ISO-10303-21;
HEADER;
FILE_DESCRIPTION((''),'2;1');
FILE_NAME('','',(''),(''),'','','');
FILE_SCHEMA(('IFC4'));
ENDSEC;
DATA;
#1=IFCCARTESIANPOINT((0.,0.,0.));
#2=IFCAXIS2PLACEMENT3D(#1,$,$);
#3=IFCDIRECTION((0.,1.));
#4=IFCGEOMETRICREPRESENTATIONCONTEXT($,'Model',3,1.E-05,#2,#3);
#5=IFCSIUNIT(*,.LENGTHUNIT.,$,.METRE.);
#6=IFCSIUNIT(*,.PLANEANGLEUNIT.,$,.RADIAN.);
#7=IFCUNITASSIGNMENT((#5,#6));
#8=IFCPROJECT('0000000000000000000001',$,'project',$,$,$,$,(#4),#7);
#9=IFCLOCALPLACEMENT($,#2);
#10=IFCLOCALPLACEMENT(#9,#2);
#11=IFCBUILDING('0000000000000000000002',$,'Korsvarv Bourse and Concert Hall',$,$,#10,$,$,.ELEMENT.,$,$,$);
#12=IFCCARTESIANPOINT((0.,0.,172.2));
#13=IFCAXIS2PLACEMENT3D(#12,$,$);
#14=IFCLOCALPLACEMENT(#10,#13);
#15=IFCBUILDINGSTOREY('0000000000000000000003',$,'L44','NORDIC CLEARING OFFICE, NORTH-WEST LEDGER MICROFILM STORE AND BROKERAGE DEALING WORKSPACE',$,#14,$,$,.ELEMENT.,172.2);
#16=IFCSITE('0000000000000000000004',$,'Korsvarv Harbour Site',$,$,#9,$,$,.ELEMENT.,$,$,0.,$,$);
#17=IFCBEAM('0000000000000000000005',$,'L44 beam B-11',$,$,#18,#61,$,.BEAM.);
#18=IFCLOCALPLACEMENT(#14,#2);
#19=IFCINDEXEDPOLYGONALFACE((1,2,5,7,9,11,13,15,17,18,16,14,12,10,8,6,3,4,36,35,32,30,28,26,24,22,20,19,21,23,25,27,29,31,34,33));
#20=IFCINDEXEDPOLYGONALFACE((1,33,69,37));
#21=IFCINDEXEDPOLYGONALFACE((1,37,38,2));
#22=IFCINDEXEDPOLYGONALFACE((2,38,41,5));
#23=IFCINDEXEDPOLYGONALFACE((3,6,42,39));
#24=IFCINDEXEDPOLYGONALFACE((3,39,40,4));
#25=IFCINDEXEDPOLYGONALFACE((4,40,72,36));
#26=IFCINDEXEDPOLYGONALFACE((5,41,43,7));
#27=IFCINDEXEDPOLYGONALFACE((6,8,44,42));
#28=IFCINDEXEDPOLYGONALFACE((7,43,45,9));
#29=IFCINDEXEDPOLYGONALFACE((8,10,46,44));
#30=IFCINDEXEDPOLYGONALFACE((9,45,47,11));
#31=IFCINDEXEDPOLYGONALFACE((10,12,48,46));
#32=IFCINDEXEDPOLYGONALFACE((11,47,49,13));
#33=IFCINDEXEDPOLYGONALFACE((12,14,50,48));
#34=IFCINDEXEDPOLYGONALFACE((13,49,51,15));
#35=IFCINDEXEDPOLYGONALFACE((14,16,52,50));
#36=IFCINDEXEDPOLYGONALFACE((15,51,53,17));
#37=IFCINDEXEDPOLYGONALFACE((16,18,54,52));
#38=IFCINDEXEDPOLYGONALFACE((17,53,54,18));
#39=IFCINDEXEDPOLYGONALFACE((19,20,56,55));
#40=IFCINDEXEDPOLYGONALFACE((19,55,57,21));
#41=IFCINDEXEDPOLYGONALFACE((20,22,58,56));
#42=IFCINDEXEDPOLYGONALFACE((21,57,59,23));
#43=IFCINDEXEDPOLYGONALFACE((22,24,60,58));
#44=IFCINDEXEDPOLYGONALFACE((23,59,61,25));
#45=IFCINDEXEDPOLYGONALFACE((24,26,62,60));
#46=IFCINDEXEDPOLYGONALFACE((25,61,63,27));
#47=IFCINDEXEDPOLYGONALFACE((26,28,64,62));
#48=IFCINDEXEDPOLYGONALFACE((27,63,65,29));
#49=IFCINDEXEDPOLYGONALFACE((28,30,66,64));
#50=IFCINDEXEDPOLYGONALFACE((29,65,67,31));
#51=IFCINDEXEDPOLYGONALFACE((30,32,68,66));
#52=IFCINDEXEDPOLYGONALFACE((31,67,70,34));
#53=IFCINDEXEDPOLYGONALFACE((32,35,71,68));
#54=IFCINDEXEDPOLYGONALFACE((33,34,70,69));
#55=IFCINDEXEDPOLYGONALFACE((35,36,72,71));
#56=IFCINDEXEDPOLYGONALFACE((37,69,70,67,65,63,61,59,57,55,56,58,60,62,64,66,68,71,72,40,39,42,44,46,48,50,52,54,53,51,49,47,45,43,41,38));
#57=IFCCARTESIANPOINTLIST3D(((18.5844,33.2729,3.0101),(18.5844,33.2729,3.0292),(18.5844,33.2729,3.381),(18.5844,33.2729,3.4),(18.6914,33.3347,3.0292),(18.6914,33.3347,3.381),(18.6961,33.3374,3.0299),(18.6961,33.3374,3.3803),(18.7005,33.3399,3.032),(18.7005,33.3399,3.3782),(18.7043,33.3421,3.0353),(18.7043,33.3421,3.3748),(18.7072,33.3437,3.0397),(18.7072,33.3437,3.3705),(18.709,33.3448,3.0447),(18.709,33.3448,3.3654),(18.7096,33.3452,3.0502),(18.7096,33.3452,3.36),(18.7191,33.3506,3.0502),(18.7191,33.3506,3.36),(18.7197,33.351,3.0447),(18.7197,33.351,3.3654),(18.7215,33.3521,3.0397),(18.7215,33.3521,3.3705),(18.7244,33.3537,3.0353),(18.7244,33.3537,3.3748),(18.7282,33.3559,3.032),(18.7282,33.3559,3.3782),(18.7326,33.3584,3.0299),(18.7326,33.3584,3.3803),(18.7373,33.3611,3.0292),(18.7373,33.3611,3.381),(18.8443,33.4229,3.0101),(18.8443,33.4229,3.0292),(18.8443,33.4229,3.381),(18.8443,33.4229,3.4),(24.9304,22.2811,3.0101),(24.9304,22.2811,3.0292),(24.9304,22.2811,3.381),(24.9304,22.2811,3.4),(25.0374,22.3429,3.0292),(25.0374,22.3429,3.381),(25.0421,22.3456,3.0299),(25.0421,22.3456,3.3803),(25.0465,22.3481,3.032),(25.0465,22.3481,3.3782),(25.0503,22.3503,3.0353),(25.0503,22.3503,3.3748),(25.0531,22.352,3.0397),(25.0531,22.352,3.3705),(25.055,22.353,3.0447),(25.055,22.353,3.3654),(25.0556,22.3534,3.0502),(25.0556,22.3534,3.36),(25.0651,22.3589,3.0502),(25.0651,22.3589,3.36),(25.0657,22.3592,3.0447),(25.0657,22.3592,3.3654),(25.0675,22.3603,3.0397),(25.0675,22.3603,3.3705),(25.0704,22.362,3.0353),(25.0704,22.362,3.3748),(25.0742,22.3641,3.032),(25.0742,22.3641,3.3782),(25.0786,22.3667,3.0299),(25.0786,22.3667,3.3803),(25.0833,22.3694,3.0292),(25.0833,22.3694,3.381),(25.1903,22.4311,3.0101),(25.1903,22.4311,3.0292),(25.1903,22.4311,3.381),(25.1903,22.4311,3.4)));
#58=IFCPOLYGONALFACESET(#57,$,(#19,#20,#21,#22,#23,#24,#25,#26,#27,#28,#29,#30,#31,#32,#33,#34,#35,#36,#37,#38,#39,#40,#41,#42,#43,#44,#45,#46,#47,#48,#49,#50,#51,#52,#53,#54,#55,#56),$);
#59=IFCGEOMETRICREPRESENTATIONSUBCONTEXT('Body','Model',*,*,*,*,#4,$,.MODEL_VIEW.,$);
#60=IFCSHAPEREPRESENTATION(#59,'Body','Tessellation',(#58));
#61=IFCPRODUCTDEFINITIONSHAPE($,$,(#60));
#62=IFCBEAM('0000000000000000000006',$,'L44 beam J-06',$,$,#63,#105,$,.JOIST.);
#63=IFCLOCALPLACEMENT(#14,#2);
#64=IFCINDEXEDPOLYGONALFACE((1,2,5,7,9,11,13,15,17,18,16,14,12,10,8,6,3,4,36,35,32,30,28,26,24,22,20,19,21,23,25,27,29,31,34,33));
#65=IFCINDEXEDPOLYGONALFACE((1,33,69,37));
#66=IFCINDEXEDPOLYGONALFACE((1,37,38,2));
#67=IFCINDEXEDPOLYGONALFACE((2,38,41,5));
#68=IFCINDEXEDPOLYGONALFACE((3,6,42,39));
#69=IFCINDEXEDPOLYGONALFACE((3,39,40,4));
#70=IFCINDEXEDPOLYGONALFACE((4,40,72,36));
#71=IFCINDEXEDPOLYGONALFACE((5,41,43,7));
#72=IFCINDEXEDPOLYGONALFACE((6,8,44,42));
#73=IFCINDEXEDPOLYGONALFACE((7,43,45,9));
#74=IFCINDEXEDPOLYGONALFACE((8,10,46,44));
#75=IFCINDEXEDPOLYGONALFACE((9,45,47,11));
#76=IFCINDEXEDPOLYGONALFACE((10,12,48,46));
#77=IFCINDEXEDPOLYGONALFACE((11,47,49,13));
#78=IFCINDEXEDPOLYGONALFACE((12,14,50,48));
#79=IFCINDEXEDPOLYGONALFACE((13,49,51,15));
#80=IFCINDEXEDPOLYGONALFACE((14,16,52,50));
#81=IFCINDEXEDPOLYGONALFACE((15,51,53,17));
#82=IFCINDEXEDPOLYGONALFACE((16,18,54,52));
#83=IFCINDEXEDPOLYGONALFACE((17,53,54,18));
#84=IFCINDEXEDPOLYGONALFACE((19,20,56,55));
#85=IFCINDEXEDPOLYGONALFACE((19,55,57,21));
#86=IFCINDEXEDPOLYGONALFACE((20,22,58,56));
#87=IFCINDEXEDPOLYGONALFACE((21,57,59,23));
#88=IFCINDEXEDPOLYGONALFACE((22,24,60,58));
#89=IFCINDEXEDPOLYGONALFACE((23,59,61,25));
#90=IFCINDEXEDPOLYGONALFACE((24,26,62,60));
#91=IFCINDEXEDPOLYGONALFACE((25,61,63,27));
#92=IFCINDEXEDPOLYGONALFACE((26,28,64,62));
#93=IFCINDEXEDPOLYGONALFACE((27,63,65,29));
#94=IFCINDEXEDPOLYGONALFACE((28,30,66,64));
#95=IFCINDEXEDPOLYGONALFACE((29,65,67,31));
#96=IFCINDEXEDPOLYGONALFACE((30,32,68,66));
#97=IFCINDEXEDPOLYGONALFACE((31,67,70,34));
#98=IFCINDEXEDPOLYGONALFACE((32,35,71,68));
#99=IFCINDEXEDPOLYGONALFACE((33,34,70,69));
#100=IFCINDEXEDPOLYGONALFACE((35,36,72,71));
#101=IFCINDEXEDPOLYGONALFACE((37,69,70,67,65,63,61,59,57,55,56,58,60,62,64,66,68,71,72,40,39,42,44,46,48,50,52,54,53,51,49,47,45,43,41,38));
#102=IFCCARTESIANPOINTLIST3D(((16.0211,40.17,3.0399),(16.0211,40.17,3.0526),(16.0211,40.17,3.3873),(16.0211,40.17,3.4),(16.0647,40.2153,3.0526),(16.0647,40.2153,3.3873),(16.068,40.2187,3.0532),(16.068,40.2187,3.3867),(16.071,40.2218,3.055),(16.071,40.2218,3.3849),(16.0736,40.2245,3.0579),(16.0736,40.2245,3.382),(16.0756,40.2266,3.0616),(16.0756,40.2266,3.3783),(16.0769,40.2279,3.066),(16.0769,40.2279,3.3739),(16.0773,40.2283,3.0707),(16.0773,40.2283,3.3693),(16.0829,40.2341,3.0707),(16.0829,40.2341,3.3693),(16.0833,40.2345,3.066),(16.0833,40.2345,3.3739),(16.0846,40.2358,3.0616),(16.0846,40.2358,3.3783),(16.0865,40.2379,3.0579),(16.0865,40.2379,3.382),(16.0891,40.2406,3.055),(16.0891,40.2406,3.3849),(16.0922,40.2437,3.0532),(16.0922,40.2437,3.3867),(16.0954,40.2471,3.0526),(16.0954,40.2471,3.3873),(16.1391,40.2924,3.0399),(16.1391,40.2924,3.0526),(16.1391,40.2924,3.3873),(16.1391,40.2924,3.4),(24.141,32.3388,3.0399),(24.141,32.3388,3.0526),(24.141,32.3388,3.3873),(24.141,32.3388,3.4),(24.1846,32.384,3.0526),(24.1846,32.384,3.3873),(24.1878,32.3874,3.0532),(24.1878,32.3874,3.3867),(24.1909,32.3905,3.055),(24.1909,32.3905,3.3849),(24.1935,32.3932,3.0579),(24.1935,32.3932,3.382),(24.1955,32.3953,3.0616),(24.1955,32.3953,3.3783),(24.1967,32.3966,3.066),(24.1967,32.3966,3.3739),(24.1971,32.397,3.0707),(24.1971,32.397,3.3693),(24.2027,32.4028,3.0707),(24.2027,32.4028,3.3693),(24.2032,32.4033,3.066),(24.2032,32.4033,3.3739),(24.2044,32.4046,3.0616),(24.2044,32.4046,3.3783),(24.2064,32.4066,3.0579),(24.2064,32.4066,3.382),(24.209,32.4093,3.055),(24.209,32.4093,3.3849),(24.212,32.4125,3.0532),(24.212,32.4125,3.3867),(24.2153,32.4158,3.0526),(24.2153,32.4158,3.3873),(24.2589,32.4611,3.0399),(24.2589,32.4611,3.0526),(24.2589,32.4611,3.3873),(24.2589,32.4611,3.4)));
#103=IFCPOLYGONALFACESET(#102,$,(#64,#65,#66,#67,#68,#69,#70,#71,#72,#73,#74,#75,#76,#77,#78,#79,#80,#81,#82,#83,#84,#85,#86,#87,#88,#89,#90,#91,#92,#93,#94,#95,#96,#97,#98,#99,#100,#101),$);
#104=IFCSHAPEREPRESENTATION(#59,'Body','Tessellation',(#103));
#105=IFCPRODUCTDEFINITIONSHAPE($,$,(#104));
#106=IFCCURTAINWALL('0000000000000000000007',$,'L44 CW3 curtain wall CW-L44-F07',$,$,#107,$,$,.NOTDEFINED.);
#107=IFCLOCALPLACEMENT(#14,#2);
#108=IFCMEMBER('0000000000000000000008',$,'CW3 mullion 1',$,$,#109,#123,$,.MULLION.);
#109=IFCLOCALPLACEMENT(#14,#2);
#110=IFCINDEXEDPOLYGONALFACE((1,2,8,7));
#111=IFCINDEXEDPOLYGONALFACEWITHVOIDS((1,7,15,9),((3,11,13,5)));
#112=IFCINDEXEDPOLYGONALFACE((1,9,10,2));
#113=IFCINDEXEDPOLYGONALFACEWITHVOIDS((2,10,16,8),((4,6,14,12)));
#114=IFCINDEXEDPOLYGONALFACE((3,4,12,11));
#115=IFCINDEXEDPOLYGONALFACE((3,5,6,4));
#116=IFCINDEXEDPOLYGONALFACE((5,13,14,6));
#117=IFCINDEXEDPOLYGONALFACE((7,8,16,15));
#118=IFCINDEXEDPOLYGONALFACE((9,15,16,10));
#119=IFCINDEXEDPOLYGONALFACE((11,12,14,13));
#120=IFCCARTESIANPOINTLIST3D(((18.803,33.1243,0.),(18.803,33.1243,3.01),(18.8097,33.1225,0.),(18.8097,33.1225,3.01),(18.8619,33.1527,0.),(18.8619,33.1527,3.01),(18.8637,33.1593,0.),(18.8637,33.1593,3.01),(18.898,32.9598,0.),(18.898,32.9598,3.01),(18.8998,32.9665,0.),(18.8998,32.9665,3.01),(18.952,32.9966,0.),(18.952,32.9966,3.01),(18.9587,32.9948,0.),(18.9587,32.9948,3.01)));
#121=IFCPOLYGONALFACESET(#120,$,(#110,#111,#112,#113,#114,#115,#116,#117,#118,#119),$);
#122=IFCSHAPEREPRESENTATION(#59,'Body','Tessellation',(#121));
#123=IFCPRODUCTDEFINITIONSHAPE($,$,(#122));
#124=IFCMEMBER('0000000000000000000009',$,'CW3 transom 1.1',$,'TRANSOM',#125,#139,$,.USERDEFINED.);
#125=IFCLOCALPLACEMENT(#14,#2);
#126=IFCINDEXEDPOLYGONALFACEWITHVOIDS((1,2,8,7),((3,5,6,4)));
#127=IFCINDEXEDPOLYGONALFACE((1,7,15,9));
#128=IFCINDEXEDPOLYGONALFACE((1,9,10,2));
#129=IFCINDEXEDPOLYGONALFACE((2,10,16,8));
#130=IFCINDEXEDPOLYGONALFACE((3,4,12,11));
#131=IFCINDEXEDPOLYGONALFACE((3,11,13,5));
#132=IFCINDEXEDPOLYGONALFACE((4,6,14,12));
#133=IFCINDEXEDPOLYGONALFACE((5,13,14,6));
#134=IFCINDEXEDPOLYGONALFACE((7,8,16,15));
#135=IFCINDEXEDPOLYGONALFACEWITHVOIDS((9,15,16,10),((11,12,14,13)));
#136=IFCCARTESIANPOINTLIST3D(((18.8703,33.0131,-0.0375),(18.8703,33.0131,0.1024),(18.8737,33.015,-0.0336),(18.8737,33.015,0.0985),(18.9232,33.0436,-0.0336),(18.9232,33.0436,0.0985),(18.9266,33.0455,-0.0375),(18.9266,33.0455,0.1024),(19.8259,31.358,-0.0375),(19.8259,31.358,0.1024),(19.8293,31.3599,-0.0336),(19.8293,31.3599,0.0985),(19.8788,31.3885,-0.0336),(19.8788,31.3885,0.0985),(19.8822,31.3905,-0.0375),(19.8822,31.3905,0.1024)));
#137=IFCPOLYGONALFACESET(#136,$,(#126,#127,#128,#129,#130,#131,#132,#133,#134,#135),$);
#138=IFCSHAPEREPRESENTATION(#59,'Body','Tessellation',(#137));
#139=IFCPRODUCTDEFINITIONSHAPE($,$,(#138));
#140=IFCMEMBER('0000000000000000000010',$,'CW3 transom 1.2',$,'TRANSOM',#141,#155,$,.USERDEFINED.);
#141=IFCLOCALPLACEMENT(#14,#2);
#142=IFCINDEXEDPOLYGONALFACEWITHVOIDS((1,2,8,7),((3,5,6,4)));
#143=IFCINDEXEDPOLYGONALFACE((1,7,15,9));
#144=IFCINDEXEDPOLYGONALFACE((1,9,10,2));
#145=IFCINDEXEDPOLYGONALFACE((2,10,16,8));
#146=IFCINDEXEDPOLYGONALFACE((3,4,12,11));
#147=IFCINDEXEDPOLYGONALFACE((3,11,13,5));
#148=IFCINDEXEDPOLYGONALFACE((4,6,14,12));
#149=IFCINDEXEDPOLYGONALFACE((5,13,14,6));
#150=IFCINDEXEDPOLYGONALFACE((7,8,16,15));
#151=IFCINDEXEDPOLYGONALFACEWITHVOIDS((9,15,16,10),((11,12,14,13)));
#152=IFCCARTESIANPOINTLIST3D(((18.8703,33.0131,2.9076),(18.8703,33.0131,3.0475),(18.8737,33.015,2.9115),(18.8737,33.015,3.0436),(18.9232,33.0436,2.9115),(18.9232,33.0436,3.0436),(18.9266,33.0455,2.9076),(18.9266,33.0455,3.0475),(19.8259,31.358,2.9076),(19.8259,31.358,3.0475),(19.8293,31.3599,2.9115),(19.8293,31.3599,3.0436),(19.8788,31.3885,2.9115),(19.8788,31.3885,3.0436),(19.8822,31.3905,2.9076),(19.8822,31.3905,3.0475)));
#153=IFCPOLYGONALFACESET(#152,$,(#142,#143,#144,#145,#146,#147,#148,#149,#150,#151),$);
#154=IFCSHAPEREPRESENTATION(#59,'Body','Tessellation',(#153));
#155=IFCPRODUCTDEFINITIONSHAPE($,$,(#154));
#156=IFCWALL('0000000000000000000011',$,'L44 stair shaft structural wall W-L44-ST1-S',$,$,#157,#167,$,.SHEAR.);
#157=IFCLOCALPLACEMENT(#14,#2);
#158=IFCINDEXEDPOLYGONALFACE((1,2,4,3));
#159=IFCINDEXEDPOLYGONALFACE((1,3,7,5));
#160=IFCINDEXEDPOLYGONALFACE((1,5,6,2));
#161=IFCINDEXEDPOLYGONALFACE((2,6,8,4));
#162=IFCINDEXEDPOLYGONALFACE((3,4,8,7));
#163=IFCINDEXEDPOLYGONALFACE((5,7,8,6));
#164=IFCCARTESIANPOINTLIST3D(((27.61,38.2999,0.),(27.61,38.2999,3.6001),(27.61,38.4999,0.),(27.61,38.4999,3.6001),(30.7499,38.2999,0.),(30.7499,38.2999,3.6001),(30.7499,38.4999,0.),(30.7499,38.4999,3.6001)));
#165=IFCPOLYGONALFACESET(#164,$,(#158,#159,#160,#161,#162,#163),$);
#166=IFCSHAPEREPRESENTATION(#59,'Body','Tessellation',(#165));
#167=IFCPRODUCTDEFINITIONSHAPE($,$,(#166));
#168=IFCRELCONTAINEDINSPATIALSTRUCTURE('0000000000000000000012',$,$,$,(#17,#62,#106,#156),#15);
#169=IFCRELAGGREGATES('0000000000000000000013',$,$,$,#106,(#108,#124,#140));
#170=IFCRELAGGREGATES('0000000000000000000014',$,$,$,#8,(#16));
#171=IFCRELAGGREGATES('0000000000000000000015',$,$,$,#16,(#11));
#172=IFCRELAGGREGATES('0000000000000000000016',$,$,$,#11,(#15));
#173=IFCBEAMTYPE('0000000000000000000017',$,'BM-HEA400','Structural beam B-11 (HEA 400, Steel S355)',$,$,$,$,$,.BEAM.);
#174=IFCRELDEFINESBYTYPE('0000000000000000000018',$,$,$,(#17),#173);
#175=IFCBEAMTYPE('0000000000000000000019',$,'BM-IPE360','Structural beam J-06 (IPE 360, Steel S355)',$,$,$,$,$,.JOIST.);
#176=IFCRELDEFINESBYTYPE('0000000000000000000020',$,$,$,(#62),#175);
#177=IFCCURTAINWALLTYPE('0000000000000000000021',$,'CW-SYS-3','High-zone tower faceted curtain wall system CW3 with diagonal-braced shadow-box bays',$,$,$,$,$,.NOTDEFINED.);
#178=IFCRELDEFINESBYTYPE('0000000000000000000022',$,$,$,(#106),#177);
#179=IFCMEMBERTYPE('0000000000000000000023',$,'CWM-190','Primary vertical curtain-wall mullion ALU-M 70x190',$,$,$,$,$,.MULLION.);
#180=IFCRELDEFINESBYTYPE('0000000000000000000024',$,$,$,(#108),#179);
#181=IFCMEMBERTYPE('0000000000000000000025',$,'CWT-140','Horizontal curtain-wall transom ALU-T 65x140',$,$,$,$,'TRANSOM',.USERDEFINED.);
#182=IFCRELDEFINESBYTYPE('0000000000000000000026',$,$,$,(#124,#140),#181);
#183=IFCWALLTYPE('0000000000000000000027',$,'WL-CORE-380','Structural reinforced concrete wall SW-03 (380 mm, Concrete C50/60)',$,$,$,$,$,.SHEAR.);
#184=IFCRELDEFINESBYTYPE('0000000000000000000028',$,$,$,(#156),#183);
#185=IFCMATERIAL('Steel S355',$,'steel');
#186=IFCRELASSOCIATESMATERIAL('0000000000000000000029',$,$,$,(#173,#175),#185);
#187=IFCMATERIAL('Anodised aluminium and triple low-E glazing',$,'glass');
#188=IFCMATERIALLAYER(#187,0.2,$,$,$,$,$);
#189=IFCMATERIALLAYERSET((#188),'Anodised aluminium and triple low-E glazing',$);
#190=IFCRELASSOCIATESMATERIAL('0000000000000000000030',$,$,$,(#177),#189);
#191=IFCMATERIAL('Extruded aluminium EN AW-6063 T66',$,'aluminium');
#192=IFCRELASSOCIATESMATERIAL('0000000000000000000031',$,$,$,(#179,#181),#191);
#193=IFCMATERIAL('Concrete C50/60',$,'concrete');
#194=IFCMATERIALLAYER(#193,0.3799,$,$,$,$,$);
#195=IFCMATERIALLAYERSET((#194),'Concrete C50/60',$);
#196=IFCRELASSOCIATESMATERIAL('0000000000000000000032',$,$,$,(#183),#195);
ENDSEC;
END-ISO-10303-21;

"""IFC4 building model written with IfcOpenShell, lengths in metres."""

from ifc_helpers import new_model, si_unit, direction, frame, frame_2d, origin, origin_2d, place, context, subcontext, project, spatial, rectangle, hollow_rectangle, i_section, extrude, source, transform, mapped, material, layer, layer_set, material_profile, profile_set, type_object, element, aggregate, save


model = new_model("IFC4")

# Units and contexts
model_context = context("Model", 3, precision=1e-05, world=origin(), true_north=direction((0.0, 1.0)))
body_context = subcontext(model_context, "Body", "Model", "MODEL_VIEW")
ifc_project = project(units=[si_unit("LENGTHUNIT", "METRE"), si_unit("PLANEANGLEUNIT", "RADIAN")], contexts=[model_context])

# Site, building, storey
site_placement = place(None, origin())
site = spatial("IfcSite", under=ifc_project, at=site_placement, Name="Korsvarv Harbour Site", CompositionType="ELEMENT", RefElevation=0.0)
building_placement = place(site_placement, origin())
building = spatial("IfcBuilding", under=site, at=building_placement, Name="Korsvarv Bourse and Concert Hall", CompositionType="ELEMENT")
storey_placement = place(building_placement, frame((0.0, 0.0, 172.2)))
storey = spatial("IfcBuildingStorey", under=building, at=storey_placement, Name="L44", Description="NORDIC CLEARING OFFICE, NORTH-WEST LEDGER MICROFILM STORE AND BROKERAGE DEALING WORKSPACE", CompositionType="ELEMENT", Elevation=172.2)

# Shared definitions
ifc_material_1 = material(Name="Steel S355", Category="steel")

# Beams
ifc_material_profile_1 = material_profile(ifc_material_1, i_section(OverallWidth=0.3, OverallDepth=0.3899, WebThickness=0.011, FlangeThickness=0.019, FilletRadius=0.021, at=origin_2d()), Name="HEA 400")
ifc_profile_set_1 = profile_set([ifc_material_profile_1], Name="Steel S355")
beam_type_1 = type_object("IfcBeamType", Name="BM-HEA400", Description="Structural beam B-11 (HEA 400, Steel S355)", PredefinedType="BEAM", material=ifc_profile_set_1)
shared_shape_1 = source(origin(), body_context, "Body", "SweptSolid", [
    extrude(i_section(OverallWidth=0.3, OverallDepth=0.3899, WebThickness=0.011, FlangeThickness=0.019, FilletRadius=0.021, at=origin_2d()), origin(), (0.0, 0.0, 1.0), 12.6921),
])
beam_1_placement = place(storey_placement, frame((18.7144, 33.3479, 3.2051), z_axis=(0.499993, -0.866029, 0.0), x_axis=(0.866029, 0.499993, 0.0)))
element("IfcBeam", 1, at=beam_1_placement, inside=storey, type_object=beam_type_1, Name="L44 beam B-11", PredefinedType="BEAM", context=body_context, shape_type="MappedRepresentation", body=[
    mapped(shared_shape_1, transform((0.0, 0.0, 0.0), scale=1.0)),
])
ifc_material_profile_2 = material_profile(ifc_material_1, i_section(OverallWidth=0.1699, OverallDepth=0.3601, WebThickness=0.0081, FlangeThickness=0.0127, FilletRadius=0.0181, at=origin_2d()), Name="IPE 360")
ifc_profile_set_2 = profile_set([ifc_material_profile_2], Name="Steel S355")
beam_type_2 = type_object("IfcBeamType", Name="BM-IPE360", Description="Structural beam J-06 (IPE 360, Steel S355)", PredefinedType="JOIST", material=ifc_profile_set_2)
shared_shape_2 = source(origin(), body_context, "Body", "SweptSolid", [
    extrude(i_section(OverallWidth=0.1699, OverallDepth=0.3601, WebThickness=0.0081, FlangeThickness=0.0127, FilletRadius=0.0181, at=origin_2d()), origin(), (0.0, 0.0, 1.0), 11.281),
])
beam_2_placement = place(storey_placement, frame((16.0801, 40.2312, 3.22), z_axis=(0.719781, -0.694201, 0.0), x_axis=(0.694201, 0.719781, 0.0)))
element("IfcBeam", 2, at=beam_2_placement, inside=storey, type_object=beam_type_2, Name="L44 beam J-06", PredefinedType="JOIST", context=body_context, shape_type="MappedRepresentation", body=[
    mapped(shared_shape_2, transform((0.0, 0.0, 0.0), scale=1.0)),
])

# Curtain wall, members
ifc_material_2 = material(Name="Anodised aluminium and triple low-E glazing", Category="glass")
ifc_layer_1 = layer(ifc_material_2, 0.2)
ifc_layer_set_1 = layer_set([ifc_layer_1], Name="Anodised aluminium and triple low-E glazing")
curtain_wall_type = type_object("IfcCurtainWallType", Name="CW-SYS-3", Description="High-zone tower faceted curtain wall system CW3 with diagonal-braced shadow-box bays", PredefinedType="NOTDEFINED", material=ifc_layer_set_1)
curtain_wall_placement = place(storey_placement, origin())
curtain_wall = element("IfcCurtainWall", 3, at=curtain_wall_placement, inside=storey, type_object=curtain_wall_type, Name="L44 CW3 curtain wall CW-L44-F07", PredefinedType="NOTDEFINED")
ifc_material_3 = material(Name="Extruded aluminium EN AW-6063 T66", Category="aluminium")
ifc_material_profile_3 = material_profile(ifc_material_3, hollow_rectangle(XDim=0.0701, YDim=0.1899, WallThickness=0.0049, at=origin_2d()), Name="ALU-M 70x190")
ifc_profile_set_3 = profile_set([ifc_material_profile_3], Name="Extruded aluminium EN AW-6063 T66")
member_type_1 = type_object("IfcMemberType", Name="CWM-190", Description="Primary vertical curtain-wall mullion ALU-M 70x190", PredefinedType="MULLION", material=ifc_profile_set_3)
shared_shape_3 = source(origin(), body_context, "Body", "SweptSolid", [
    extrude(hollow_rectangle(XDim=0.0701, YDim=0.1899, WallThickness=0.0049, at=origin_2d()), origin(), (0.0, 0.0, 1.0), 3.01),
])
member_1_placement = place(storey_placement, frame((18.8809, 33.0596, 0.0), z_axis=(0.0, 0.0, 1.0), x_axis=(0.866029, 0.499994, 0.0)))
member_1 = element("IfcMember", 4, at=member_1_placement, type_object=member_type_1, Name="CW3 mullion 1", PredefinedType="MULLION", context=body_context, shape_type="MappedRepresentation", body=[
    mapped(shared_shape_3, transform((0.0, 0.0, 0.0), scale=1.0)),
])
ifc_material_profile_4 = material_profile(ifc_material_3, hollow_rectangle(XDim=0.0649, YDim=0.1399, WallThickness=0.0039, at=origin_2d()), Name="ALU-T 65x140")
ifc_profile_set_4 = profile_set([ifc_material_profile_4], Name="Extruded aluminium EN AW-6063 T66")
member_type_2 = type_object("IfcMemberType", Name="CWT-140", Description="Horizontal curtain-wall transom ALU-T 65x140", ElementType="TRANSOM", PredefinedType="USERDEFINED", material=ifc_profile_set_4)
shared_shape_4 = source(origin(), body_context, "Body", "SweptSolid", [
    extrude(hollow_rectangle(XDim=0.0649, YDim=0.1399, WallThickness=0.0039, at=origin_2d()), origin(), (0.0, 0.0, 1.0), 1.9111),
])
member_2_placement = place(storey_placement, frame((18.8984, 33.0293, 0.0325), z_axis=(0.500014, -0.866018, 0.0), x_axis=(0.866018, 0.500014, 0.0)))
member_2 = element("IfcMember", 5, at=member_2_placement, type_object=member_type_2, Name="CW3 transom 1.1", ObjectType="TRANSOM", PredefinedType="USERDEFINED", context=body_context, shape_type="MappedRepresentation", body=[
    mapped(shared_shape_4, transform((0.0, 0.0, 0.0), scale=1.0)),
])
member_3_placement = place(storey_placement, frame((18.8984, 33.0293, 2.9775), z_axis=(0.500014, -0.866018, 0.0), x_axis=(0.866018, 0.500014, 0.0)))
member_3 = element("IfcMember", 6, at=member_3_placement, type_object=member_type_2, Name="CW3 transom 1.2", ObjectType="TRANSOM", PredefinedType="USERDEFINED", context=body_context, shape_type="MappedRepresentation", body=[
    mapped(shared_shape_4, transform((0.0, 0.0, 0.0), scale=1.0)),
])
aggregate(curtain_wall, [member_1, member_2, member_3])

# Wall
ifc_material_4 = material(Name="Concrete C50/60", Category="concrete")
ifc_layer_2 = layer(ifc_material_4, 0.3799)
ifc_layer_set_2 = layer_set([ifc_layer_2], Name="Concrete C50/60")
wall_type_1 = type_object("IfcWallType", Name="WL-CORE-380", Description="Structural reinforced concrete wall SW-03 (380 mm, Concrete C50/60)", PredefinedType="SHEAR", material=ifc_layer_set_2)
wall_1_placement = place(storey_placement, frame((27.6101, 38.3999, 0.0), z_axis=(0.0, 0.0, 1.0), x_axis=(1.0, 0.0, 0.0)))
element("IfcWall", 7, at=wall_1_placement, inside=storey, type_object=wall_type_1, Name="L44 stair shaft structural wall W-L44-ST1-S", PredefinedType="SHEAR", context=body_context, shape_type="SweptSolid", body=[
    extrude(rectangle(XDim=3.1399, YDim=0.2, at=frame_2d((1.5698, 0.0))), origin(), (0.0, 0.0, 1.0), 3.6001),
])

save(model, "model.ifc")
